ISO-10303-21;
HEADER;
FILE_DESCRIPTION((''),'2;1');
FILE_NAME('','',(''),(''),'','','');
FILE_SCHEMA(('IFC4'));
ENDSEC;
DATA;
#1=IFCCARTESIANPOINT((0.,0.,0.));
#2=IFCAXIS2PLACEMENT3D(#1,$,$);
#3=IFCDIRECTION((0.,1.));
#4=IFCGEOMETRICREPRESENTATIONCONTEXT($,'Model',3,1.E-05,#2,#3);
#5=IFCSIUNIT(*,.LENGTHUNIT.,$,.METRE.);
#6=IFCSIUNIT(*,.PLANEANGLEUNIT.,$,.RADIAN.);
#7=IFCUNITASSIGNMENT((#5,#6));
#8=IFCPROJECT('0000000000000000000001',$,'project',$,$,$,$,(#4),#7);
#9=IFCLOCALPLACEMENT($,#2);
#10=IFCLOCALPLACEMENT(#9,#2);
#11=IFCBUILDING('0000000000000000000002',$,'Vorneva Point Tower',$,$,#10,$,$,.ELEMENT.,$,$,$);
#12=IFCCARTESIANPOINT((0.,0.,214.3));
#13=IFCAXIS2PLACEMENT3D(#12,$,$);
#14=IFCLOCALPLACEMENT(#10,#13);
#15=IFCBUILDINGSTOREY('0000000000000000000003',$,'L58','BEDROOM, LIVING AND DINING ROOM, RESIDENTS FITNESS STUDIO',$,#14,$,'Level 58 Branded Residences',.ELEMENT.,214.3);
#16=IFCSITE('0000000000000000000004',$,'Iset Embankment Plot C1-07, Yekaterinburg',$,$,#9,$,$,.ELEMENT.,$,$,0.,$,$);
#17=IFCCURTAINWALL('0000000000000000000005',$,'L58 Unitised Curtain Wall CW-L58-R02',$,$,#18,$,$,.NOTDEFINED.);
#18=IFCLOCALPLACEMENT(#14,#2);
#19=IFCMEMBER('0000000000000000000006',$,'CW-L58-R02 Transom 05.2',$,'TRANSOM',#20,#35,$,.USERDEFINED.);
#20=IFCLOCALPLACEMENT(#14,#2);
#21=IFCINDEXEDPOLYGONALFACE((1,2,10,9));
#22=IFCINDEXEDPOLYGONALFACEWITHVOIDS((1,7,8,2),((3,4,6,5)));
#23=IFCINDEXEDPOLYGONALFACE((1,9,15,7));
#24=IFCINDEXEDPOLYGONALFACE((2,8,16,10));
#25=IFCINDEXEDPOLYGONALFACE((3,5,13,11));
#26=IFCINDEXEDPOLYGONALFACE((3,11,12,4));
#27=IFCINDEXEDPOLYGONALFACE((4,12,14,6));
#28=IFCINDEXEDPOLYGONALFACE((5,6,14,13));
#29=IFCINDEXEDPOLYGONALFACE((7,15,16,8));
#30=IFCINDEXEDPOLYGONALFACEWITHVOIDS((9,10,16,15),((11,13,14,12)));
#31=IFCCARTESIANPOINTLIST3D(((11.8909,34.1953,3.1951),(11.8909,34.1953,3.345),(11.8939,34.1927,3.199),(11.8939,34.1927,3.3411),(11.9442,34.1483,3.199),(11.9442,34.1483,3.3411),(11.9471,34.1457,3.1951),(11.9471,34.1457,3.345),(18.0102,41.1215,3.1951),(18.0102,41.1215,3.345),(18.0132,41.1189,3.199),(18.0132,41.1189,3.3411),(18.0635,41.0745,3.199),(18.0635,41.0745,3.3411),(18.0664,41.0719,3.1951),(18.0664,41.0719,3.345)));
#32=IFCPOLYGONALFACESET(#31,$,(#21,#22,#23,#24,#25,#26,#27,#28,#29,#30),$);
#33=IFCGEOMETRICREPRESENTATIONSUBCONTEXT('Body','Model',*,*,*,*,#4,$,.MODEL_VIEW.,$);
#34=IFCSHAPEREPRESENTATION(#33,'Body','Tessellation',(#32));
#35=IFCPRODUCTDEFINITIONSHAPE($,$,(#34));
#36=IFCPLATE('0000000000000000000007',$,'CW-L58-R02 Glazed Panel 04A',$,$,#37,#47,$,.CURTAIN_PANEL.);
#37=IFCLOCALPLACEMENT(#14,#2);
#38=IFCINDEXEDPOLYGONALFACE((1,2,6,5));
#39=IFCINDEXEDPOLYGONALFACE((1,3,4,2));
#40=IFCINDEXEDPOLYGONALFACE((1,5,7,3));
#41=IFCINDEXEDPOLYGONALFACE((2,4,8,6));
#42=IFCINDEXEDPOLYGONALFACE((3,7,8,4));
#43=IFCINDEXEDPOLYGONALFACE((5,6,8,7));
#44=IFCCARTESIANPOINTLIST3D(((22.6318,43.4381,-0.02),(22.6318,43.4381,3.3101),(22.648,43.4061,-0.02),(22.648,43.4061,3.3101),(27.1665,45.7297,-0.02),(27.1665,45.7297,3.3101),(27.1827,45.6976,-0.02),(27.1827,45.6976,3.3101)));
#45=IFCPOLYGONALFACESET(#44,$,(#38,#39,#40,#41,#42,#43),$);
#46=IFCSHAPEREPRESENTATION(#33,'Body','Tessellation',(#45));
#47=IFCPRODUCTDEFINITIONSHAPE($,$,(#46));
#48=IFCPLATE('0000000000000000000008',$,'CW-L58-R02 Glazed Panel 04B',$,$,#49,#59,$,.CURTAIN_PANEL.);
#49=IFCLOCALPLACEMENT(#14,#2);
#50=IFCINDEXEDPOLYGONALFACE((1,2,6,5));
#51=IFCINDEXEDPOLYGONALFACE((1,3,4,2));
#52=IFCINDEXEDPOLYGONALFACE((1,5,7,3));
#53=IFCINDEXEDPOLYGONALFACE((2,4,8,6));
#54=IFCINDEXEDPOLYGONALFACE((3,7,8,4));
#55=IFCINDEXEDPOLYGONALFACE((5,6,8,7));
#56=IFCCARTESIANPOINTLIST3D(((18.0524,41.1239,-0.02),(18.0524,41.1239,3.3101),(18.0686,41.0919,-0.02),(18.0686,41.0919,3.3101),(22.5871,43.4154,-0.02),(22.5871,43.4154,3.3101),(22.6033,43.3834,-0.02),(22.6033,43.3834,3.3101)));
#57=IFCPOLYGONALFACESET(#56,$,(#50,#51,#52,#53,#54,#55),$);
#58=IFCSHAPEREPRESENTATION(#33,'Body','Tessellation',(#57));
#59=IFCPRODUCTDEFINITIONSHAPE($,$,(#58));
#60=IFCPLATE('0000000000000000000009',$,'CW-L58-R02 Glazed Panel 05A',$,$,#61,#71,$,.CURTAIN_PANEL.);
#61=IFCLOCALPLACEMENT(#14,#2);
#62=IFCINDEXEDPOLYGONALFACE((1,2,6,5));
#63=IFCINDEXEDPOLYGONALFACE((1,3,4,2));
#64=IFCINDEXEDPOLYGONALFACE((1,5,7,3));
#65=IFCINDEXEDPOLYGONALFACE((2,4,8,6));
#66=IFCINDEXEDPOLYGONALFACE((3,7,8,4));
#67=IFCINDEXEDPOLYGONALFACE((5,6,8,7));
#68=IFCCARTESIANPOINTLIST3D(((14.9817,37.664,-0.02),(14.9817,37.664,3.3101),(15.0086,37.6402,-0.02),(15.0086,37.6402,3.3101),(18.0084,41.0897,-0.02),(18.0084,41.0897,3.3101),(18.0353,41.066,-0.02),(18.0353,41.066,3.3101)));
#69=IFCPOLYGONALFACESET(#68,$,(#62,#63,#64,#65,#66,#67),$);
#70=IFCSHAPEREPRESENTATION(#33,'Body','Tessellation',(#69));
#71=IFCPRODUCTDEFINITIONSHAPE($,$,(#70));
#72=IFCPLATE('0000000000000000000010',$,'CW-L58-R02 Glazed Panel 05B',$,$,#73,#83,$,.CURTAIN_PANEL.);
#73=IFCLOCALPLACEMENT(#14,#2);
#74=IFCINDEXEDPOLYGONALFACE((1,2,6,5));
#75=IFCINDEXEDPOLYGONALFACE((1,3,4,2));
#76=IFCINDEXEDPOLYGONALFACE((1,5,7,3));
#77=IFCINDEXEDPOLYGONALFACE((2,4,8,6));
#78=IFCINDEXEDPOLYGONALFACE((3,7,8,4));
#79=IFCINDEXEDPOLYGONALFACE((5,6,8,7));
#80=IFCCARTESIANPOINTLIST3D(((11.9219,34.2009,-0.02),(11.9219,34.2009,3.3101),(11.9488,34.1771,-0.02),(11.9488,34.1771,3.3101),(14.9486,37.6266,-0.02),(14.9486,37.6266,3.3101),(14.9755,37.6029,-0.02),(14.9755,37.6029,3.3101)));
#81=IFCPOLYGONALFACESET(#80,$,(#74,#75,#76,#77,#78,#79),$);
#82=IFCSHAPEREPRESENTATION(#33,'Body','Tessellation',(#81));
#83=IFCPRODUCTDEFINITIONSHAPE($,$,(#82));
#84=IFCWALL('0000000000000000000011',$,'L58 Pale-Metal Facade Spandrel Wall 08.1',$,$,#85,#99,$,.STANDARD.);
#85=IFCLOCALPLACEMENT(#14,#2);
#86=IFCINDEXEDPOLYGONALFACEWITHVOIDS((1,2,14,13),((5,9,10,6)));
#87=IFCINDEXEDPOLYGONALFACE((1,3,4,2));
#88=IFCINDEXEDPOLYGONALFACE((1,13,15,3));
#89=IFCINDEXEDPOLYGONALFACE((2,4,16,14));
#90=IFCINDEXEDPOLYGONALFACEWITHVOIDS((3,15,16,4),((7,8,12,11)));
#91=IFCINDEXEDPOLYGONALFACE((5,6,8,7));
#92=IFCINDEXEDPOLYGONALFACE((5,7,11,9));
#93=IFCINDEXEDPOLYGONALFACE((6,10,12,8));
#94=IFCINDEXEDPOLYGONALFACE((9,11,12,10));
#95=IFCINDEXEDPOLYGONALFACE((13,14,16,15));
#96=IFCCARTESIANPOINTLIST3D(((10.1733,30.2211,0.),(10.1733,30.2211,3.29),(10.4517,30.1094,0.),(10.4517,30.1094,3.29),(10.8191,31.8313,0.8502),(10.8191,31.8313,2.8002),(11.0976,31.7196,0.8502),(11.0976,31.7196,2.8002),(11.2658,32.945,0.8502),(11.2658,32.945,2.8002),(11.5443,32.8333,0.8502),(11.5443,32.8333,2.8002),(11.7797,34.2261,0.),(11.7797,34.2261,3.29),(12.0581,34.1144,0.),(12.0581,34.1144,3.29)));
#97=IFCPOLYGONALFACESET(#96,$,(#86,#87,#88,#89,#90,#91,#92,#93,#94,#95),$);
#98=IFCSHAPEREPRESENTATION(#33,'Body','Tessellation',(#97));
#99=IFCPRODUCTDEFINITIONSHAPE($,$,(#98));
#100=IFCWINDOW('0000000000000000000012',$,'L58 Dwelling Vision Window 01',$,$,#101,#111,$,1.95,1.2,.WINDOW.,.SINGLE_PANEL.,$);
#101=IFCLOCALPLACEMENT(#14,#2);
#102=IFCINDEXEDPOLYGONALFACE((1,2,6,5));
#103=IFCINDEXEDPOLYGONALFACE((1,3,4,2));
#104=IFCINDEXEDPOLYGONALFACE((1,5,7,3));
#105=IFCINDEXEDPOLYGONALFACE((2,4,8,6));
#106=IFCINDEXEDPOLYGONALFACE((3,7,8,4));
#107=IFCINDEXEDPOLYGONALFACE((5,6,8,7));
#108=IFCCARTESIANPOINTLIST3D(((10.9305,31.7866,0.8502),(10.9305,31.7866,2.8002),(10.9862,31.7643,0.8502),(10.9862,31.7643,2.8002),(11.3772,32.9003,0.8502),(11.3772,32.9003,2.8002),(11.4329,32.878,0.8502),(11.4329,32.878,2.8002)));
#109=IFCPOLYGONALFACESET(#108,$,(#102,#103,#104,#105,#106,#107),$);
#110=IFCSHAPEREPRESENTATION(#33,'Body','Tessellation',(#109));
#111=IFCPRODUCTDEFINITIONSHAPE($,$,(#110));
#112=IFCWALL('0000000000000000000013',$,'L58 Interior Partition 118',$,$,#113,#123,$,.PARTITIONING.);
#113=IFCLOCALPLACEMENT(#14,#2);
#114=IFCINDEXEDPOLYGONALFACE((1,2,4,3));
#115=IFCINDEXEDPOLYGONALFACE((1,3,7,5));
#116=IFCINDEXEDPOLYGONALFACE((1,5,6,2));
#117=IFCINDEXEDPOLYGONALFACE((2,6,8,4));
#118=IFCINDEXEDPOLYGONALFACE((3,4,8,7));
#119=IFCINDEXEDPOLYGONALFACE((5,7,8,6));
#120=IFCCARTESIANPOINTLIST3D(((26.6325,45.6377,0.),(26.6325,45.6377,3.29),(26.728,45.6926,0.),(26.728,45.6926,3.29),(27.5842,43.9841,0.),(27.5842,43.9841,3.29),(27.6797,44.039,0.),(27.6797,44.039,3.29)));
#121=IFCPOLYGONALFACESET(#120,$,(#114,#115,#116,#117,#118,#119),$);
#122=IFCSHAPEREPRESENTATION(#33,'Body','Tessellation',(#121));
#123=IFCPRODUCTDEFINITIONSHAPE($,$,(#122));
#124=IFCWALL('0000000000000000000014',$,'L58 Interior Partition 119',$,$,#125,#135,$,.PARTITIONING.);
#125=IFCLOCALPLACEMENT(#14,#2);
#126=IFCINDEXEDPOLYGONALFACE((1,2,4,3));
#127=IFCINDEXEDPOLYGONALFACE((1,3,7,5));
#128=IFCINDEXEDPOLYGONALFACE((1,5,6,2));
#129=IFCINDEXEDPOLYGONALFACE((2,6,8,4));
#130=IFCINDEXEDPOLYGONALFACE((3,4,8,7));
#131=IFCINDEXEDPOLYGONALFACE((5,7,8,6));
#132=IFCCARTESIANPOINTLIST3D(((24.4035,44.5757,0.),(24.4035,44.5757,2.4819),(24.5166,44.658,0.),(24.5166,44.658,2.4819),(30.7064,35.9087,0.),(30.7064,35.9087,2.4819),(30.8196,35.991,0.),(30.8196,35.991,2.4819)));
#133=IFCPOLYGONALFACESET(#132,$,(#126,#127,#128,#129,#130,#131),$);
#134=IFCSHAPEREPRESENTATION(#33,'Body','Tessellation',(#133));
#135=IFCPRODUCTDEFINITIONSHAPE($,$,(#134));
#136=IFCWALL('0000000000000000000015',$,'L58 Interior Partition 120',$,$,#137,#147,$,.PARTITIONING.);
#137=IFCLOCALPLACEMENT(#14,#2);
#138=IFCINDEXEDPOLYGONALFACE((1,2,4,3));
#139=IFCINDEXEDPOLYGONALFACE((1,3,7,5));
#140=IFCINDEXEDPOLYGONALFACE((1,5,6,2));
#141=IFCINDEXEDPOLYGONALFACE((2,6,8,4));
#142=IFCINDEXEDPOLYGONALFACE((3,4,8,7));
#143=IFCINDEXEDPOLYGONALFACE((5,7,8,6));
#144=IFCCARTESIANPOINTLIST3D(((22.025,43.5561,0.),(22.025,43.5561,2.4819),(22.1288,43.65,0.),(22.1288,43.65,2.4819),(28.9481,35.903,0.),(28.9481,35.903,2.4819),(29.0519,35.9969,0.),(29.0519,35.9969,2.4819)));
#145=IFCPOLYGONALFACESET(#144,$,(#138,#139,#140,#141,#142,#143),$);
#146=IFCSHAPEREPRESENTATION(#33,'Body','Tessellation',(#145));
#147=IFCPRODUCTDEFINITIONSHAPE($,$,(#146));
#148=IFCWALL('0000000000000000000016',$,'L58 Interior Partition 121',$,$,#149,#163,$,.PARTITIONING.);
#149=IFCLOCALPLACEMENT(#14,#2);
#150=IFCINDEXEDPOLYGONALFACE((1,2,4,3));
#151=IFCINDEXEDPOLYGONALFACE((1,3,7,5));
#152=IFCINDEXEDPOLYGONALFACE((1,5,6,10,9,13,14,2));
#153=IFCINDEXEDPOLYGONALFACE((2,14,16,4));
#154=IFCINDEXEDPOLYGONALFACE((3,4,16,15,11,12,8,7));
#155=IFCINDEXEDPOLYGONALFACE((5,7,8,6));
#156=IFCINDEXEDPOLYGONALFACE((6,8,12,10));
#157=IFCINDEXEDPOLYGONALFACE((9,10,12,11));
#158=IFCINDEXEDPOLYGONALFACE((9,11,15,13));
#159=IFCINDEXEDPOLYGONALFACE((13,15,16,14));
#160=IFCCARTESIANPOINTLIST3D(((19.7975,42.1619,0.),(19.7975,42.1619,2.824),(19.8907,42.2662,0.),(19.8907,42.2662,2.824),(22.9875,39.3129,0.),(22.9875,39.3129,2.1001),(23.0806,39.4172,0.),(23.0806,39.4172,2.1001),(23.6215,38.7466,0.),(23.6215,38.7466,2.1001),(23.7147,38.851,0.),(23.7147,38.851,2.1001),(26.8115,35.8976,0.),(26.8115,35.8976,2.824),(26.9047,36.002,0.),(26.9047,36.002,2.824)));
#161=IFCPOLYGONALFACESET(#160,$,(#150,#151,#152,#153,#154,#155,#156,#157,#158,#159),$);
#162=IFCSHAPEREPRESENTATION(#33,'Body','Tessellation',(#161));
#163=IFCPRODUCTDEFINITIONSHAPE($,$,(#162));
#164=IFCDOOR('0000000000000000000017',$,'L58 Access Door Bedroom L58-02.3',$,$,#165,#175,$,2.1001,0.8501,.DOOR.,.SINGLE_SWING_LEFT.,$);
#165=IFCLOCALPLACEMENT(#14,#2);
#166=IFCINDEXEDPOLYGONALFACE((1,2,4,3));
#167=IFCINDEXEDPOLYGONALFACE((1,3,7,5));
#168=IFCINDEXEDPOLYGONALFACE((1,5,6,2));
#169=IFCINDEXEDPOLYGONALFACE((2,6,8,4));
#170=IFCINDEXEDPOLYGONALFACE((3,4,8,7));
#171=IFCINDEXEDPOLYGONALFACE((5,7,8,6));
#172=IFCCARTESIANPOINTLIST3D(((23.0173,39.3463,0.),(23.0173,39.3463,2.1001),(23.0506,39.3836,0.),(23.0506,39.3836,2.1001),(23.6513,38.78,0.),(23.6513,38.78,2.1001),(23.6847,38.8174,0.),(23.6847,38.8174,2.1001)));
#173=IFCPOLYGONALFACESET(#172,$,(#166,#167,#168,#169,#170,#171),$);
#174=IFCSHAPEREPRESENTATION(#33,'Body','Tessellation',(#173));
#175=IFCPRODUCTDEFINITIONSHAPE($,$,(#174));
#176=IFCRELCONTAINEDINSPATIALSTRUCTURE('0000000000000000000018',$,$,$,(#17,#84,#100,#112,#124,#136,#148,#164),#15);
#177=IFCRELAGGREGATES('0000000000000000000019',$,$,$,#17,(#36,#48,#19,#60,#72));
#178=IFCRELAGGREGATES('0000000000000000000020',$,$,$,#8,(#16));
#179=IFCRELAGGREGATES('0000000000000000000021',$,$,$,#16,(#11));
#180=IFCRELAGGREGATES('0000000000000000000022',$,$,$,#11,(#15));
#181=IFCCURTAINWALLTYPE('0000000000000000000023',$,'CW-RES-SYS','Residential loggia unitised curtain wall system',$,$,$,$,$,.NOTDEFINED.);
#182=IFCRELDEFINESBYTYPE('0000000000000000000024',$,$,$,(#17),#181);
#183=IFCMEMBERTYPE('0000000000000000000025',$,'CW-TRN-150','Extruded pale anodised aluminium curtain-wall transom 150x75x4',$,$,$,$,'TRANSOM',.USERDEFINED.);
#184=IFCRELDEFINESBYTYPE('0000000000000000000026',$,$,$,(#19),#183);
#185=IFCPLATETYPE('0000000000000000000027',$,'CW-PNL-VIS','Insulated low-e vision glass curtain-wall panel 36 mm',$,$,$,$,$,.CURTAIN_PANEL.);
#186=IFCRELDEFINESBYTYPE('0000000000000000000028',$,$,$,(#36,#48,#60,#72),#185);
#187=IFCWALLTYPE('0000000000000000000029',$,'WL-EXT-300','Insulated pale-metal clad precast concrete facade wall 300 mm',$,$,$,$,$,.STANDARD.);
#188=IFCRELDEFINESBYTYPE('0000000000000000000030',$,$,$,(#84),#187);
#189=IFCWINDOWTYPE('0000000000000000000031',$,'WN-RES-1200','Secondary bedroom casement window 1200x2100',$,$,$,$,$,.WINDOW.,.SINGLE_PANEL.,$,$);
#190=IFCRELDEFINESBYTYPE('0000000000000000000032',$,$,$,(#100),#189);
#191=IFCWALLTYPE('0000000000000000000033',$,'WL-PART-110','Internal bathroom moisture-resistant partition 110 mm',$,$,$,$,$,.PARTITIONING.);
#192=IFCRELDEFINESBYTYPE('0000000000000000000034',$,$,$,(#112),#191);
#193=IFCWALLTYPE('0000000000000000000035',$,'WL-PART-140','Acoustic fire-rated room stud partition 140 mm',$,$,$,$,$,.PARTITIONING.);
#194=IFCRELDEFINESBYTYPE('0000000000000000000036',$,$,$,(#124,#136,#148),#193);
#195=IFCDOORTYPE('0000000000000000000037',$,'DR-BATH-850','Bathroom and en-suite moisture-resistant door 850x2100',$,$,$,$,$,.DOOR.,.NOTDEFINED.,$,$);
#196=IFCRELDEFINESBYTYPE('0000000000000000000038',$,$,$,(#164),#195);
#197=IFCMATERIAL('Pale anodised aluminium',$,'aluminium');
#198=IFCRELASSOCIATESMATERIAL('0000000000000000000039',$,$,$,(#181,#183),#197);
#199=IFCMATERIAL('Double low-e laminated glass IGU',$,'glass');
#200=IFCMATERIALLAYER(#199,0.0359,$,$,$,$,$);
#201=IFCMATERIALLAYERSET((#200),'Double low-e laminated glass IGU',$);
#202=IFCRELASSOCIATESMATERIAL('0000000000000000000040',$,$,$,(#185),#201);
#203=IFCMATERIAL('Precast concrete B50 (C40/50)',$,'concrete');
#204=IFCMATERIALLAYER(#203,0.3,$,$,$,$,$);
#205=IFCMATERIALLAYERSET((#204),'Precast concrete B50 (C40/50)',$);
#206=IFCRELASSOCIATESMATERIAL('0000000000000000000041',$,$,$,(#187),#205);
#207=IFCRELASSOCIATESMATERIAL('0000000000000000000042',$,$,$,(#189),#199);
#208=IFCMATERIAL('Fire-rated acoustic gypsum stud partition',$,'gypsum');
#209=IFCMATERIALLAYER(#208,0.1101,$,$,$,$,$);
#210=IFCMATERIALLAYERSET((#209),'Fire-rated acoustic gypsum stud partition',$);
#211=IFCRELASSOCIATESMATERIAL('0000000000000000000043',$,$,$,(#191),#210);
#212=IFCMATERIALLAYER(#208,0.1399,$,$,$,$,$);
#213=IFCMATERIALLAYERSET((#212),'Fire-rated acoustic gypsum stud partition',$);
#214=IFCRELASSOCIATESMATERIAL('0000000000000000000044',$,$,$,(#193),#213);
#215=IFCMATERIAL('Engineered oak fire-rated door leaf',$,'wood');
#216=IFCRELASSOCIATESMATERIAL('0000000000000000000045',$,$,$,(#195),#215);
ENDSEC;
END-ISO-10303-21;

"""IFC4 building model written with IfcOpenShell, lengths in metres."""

from ifc_helpers import new_model, si_unit, direction, frame, frame_2d, origin, origin_2d, place, context, subcontext, project, spatial, rectangle, hollow_rectangle, extrude, material, layer, layer_set, material_profile, profile_set, type_object, element, fill, aggregate, save


model = new_model("IFC4")

# Units and contexts
model_context = context("Model", 3, precision=1e-05, world=origin(), true_north=direction((0.0, 1.0)))
body_context = subcontext(model_context, "Body", "Model", "MODEL_VIEW")
ifc_project = project(units=[si_unit("LENGTHUNIT", "METRE"), si_unit("PLANEANGLEUNIT", "RADIAN")], contexts=[model_context])

# Site, building, storey
site_placement = place(None, origin())
site = spatial("IfcSite", under=ifc_project, at=site_placement, Name="Iset Embankment Plot C1-07, Yekaterinburg", CompositionType="ELEMENT", RefElevation=0.0)
building_placement = place(site_placement, origin())
building = spatial("IfcBuilding", under=site, at=building_placement, Name="Vorneva Point Tower", CompositionType="ELEMENT")
storey_placement = place(building_placement, frame((0.0, 0.0, 214.3)))
storey = spatial("IfcBuildingStorey", under=building, at=storey_placement, Name="L58", Description="BEDROOM, LIVING AND DINING ROOM, RESIDENTS FITNESS STUDIO", LongName="Level 58 Branded Residences", CompositionType="ELEMENT", Elevation=214.3)

# Curtain wall, member, plates
ifc_material_1 = material(Name="Pale anodised aluminium", Category="aluminium")
curtain_wall_type = type_object("IfcCurtainWallType", Name="CW-RES-SYS", Description="Residential loggia unitised curtain wall system", PredefinedType="NOTDEFINED", material=ifc_material_1)
curtain_wall_placement = place(storey_placement, origin())
curtain_wall = element("IfcCurtainWall", 1, at=curtain_wall_placement, inside=storey, type_object=curtain_wall_type, Name="L58 Unitised Curtain Wall CW-L58-R02", PredefinedType="NOTDEFINED")
ifc_material_profile_1 = material_profile(ifc_material_1, hollow_rectangle(XDim=0.075, YDim=0.1499, WallThickness=0.0039, at=origin_2d()), Name="AL-TRN 150x75x4")
ifc_profile_set_1 = profile_set([ifc_material_profile_1], Name="Pale anodised aluminium")
member_type_1 = type_object("IfcMemberType", Name="CW-TRN-150", Description="Extruded pale anodised aluminium curtain-wall transom 150x75x4", ElementType="TRANSOM", PredefinedType="USERDEFINED", material=ifc_profile_set_1)
member_1_placement = place(storey_placement, frame((18.0383, 41.0967, 3.27), z_axis=(-0.662106, -0.74941, 0.0), x_axis=(0.74941, -0.662106, 0.0)))
member_1 = element("IfcMember", 2, at=member_1_placement, type_object=member_type_1, Name="CW-L58-R02 Transom 05.2", ObjectType="TRANSOM", PredefinedType="USERDEFINED", context=body_context, shape_type="SweptSolid", body=[
    extrude(hollow_rectangle(XDim=0.075, YDim=0.1499, WallThickness=0.0039, at=origin_2d()), origin(), (0.0, 0.0, 1.0), 9.2422),
])
ifc_material_2 = material(Name="Double low-e laminated glass IGU", Category="glass")
ifc_layer_1 = layer(ifc_material_2, 0.0359)
ifc_layer_set_1 = layer_set([ifc_layer_1], Name="Double low-e laminated glass IGU")
plate_type = type_object("IfcPlateType", Name="CW-PNL-VIS", Description="Insulated low-e vision glass curtain-wall panel 36 mm", PredefinedType="CURTAIN_PANEL", material=ifc_layer_set_1)
plate_1_placement = place(storey_placement, frame((24.9072, 44.5679, -0.02), z_axis=(0.0, 0.0, 1.0), x_axis=(-0.892515, -0.451018, 0.0)))
plate_1 = element("IfcPlate", 3, at=plate_1_placement, type_object=plate_type, Name="CW-L58-R02 Glazed Panel 04A", PredefinedType="CURTAIN_PANEL", context=body_context, shape_type="SweptSolid", body=[
    extrude(rectangle(XDim=5.0808, YDim=0.0359, at=origin_2d()), origin(), (0.0, 0.0, 1.0), 3.3301),
])
plate_2_placement = place(storey_placement, frame((20.3279, 42.2537, -0.02), z_axis=(0.0, 0.0, 1.0), x_axis=(-0.892515, -0.451018, 0.0)))
plate_2 = element("IfcPlate", 4, at=plate_2_placement, type_object=plate_type, Name="CW-L58-R02 Glazed Panel 04B", PredefinedType="CURTAIN_PANEL", context=body_context, shape_type="SweptSolid", body=[
    extrude(rectangle(XDim=5.0808, YDim=0.0359, at=origin_2d()), origin(), (0.0, 0.0, 1.0), 3.3301),
])
plate_3_placement = place(storey_placement, frame((16.5085, 39.365, -0.02), z_axis=(0.0, 0.0, 1.0), x_axis=(-0.66211, -0.749407, 0.0)))
plate_3 = element("IfcPlate", 5, at=plate_3_placement, type_object=plate_type, Name="CW-L58-R02 Glazed Panel 05A", PredefinedType="CURTAIN_PANEL", context=body_context, shape_type="SweptSolid", body=[
    extrude(rectangle(XDim=4.5713, YDim=0.0359, at=origin_2d()), origin(), (0.0, 0.0, 1.0), 3.3301),
])
plate_4_placement = place(storey_placement, frame((13.4487, 35.9019, -0.02), z_axis=(0.0, 0.0, 1.0), x_axis=(-0.66211, -0.749407, 0.0)))
plate_4 = element("IfcPlate", 6, at=plate_4_placement, type_object=plate_type, Name="CW-L58-R02 Glazed Panel 05B", PredefinedType="CURTAIN_PANEL", context=body_context, shape_type="SweptSolid", body=[
    extrude(rectangle(XDim=4.5713, YDim=0.0359, at=origin_2d()), origin(), (0.0, 0.0, 1.0), 3.3301),
])
aggregate(curtain_wall, [plate_1, plate_2, member_1, plate_3, plate_4])

# Wall, opening, window
ifc_material_3 = material(Name="Precast concrete B50 (C40/50)", Category="concrete")
ifc_layer_2 = layer(ifc_material_3, 0.3)
ifc_layer_set_2 = layer_set([ifc_layer_2], Name="Precast concrete B50 (C40/50)")
wall_type_1 = type_object("IfcWallType", Name="WL-EXT-300", Description="Insulated pale-metal clad precast concrete facade wall 300 mm", PredefinedType="STANDARD", material=ifc_layer_set_2)
wall_1_placement = place(storey_placement, frame((11.9189, 34.1704, 0.0), z_axis=(0.0, 0.0, 1.0), x_axis=(-0.372268, -0.928125, 0.0)))
wall_1 = element("IfcWall", 7, at=wall_1_placement, inside=storey, type_object=wall_type_1, Name="L58 Pale-Metal Facade Spandrel Wall 08.1", PredefinedType="STANDARD", context=body_context, shape_type="SweptSolid", body=[
    extrude(rectangle(XDim=4.3152, YDim=0.3, at=frame_2d((2.1577, 0.0))), origin(), (0.0, 0.0, 1.0), 3.29),
])
opening_1_placement = place(wall_1_placement, frame((1.3804, 0.0, 0.8501)))
opening_1 = element("IfcOpeningElement", 8, at=opening_1_placement, cuts=wall_1, PredefinedType="OPENING", context=body_context, shape_type="SweptSolid", body=[
    extrude(rectangle(XDim=1.2, YDim=1.95, at=frame_2d((0.6001, 0.9751))), frame((0.0, 0.165, 0.0), z_axis=(0.0, -1.0, 0.0), x_axis=(1.0, 0.0, 0.0)), (0.0, 0.0, 1.0), 0.3298),
])
window_type = type_object("IfcWindowType", Name="WN-RES-1200", Description="Secondary bedroom casement window 1200x2100", PartitioningType="SINGLE_PANEL", PredefinedType="WINDOW", material=ifc_material_2)
window_placement = place(opening_1_placement, origin())
window = element("IfcWindow", 9, at=window_placement, inside=storey, type_object=window_type, Name="L58 Dwelling Vision Window 01", OverallHeight=1.95, OverallWidth=1.2, PartitioningType="SINGLE_PANEL", PredefinedType="WINDOW", context=body_context, shape_type="SweptSolid", body=[
    extrude(rectangle(XDim=1.2, YDim=1.95, at=frame_2d((0.6001, 0.9751))), frame((0.0, 0.03, 0.0), z_axis=(0.0, -1.0, 0.0), x_axis=(1.0, 0.0, 0.0)), (0.0, 0.0, 1.0), 0.0601),
])
fill(opening_1, window)

# Walls
ifc_material_4 = material(Name="Fire-rated acoustic gypsum stud partition", Category="gypsum")
ifc_layer_3 = layer(ifc_material_4, 0.1101)
ifc_layer_set_3 = layer_set([ifc_layer_3], Name="Fire-rated acoustic gypsum stud partition")
wall_type_2 = type_object("IfcWallType", Name="WL-PART-110", Description="Internal bathroom moisture-resistant partition 110 mm", PredefinedType="PARTITIONING", material=ifc_layer_set_3)
wall_2_placement = place(storey_placement, frame((26.6802, 45.6653, 0.0), z_axis=(0.0, 0.0, 1.0), x_axis=(0.49881, -0.866711, 0.0)))
element("IfcWall", 10, at=wall_2_placement, inside=storey, type_object=wall_type_2, Name="L58 Interior Partition 118", PredefinedType="PARTITIONING", context=body_context, shape_type="SweptSolid", body=[
    extrude(rectangle(XDim=1.908, YDim=0.1101, at=frame_2d((0.9541, 0.0))), origin(), (0.0, 0.0, 1.0), 3.29),
])
ifc_layer_4 = layer(ifc_material_4, 0.1399)
ifc_layer_set_4 = layer_set([ifc_layer_4], Name="Fire-rated acoustic gypsum stud partition")
wall_type_3 = type_object("IfcWallType", Name="WL-PART-140", Description="Acoustic fire-rated room stud partition 140 mm", PredefinedType="PARTITIONING", material=ifc_layer_set_4)
wall_3_placement = place(storey_placement, frame((24.46, 44.6169, 0.0), z_axis=(0.0, 0.0, 1.0), x_axis=(0.588154, -0.808749, 0.0)))
element("IfcWall", 11, at=wall_3_placement, inside=storey, type_object=wall_type_3, Name="L58 Interior Partition 119", PredefinedType="PARTITIONING", context=body_context, shape_type="SweptSolid", body=[
    extrude(rectangle(XDim=10.7166, YDim=0.1399, at=frame_2d((5.3584, 0.0))), origin(), (0.0, 0.0, 1.0), 2.4819),
])
wall_4_placement = place(storey_placement, frame((22.0769, 43.603, 0.0), z_axis=(0.0, 0.0, 1.0), x_axis=(0.670854, -0.74159, 0.0)))
element("IfcWall", 12, at=wall_4_placement, inside=storey, type_object=wall_type_3, Name="L58 Interior Partition 120", PredefinedType="PARTITIONING", context=body_context, shape_type="SweptSolid", body=[
    extrude(rectangle(XDim=10.3198, YDim=0.1399, at=frame_2d((5.1599, 0.0))), origin(), (0.0, 0.0, 1.0), 2.4819),
])

# Wall, opening, door
wall_5_placement = place(storey_placement, frame((19.844, 42.2141, 0.0), z_axis=(0.0, 0.0, 1.0), x_axis=(0.745846, -0.666118, 0.0)))
wall_5 = element("IfcWall", 13, at=wall_5_placement, inside=storey, type_object=wall_type_3, Name="L58 Interior Partition 121", PredefinedType="PARTITIONING", context=body_context, shape_type="SweptSolid", body=[
    extrude(rectangle(XDim=9.4041, YDim=0.1399, at=frame_2d((4.7021, 0.0))), origin(), (0.0, 0.0, 1.0), 2.824),
])
opening_2_placement = place(wall_5_placement, frame((4.2771, 0.0, 0.0)))
opening_2 = element("IfcOpeningElement", 14, at=opening_2_placement, cuts=wall_5, PredefinedType="OPENING", context=body_context, shape_type="SweptSolid", body=[
    extrude(rectangle(XDim=0.8501, YDim=2.1001, at=frame_2d((0.425, 1.05))), frame((0.0, 0.085, 0.0), z_axis=(0.0, -1.0, 0.0), x_axis=(1.0, 0.0, 0.0)), (0.0, 0.0, 1.0), 0.1697),
])
ifc_material_5 = material(Name="Engineered oak fire-rated door leaf", Category="wood")
door_type = type_object("IfcDoorType", Name="DR-BATH-850", Description="Bathroom and en-suite moisture-resistant door 850x2100", OperationType="NOTDEFINED", PredefinedType="DOOR", material=ifc_material_5)
door_1_placement = place(opening_2_placement, origin())
door_1 = element("IfcDoor", 15, at=door_1_placement, inside=storey, type_object=door_type, Name="L58 Access Door Bedroom L58-02.3", OperationType="SINGLE_SWING_LEFT", OverallHeight=2.1001, OverallWidth=0.8501, PredefinedType="DOOR", context=body_context, shape_type="SweptSolid", body=[
    extrude(rectangle(XDim=0.8501, YDim=2.1001, at=frame_2d((0.425, 1.05))), frame((0.0, 0.0249, 0.0), z_axis=(0.0, -1.0, 0.0), x_axis=(1.0, 0.0, 0.0)), (0.0, 0.0, 1.0), 0.05),
])
fill(opening_2, door_1)

save(model, "model.ifc")
